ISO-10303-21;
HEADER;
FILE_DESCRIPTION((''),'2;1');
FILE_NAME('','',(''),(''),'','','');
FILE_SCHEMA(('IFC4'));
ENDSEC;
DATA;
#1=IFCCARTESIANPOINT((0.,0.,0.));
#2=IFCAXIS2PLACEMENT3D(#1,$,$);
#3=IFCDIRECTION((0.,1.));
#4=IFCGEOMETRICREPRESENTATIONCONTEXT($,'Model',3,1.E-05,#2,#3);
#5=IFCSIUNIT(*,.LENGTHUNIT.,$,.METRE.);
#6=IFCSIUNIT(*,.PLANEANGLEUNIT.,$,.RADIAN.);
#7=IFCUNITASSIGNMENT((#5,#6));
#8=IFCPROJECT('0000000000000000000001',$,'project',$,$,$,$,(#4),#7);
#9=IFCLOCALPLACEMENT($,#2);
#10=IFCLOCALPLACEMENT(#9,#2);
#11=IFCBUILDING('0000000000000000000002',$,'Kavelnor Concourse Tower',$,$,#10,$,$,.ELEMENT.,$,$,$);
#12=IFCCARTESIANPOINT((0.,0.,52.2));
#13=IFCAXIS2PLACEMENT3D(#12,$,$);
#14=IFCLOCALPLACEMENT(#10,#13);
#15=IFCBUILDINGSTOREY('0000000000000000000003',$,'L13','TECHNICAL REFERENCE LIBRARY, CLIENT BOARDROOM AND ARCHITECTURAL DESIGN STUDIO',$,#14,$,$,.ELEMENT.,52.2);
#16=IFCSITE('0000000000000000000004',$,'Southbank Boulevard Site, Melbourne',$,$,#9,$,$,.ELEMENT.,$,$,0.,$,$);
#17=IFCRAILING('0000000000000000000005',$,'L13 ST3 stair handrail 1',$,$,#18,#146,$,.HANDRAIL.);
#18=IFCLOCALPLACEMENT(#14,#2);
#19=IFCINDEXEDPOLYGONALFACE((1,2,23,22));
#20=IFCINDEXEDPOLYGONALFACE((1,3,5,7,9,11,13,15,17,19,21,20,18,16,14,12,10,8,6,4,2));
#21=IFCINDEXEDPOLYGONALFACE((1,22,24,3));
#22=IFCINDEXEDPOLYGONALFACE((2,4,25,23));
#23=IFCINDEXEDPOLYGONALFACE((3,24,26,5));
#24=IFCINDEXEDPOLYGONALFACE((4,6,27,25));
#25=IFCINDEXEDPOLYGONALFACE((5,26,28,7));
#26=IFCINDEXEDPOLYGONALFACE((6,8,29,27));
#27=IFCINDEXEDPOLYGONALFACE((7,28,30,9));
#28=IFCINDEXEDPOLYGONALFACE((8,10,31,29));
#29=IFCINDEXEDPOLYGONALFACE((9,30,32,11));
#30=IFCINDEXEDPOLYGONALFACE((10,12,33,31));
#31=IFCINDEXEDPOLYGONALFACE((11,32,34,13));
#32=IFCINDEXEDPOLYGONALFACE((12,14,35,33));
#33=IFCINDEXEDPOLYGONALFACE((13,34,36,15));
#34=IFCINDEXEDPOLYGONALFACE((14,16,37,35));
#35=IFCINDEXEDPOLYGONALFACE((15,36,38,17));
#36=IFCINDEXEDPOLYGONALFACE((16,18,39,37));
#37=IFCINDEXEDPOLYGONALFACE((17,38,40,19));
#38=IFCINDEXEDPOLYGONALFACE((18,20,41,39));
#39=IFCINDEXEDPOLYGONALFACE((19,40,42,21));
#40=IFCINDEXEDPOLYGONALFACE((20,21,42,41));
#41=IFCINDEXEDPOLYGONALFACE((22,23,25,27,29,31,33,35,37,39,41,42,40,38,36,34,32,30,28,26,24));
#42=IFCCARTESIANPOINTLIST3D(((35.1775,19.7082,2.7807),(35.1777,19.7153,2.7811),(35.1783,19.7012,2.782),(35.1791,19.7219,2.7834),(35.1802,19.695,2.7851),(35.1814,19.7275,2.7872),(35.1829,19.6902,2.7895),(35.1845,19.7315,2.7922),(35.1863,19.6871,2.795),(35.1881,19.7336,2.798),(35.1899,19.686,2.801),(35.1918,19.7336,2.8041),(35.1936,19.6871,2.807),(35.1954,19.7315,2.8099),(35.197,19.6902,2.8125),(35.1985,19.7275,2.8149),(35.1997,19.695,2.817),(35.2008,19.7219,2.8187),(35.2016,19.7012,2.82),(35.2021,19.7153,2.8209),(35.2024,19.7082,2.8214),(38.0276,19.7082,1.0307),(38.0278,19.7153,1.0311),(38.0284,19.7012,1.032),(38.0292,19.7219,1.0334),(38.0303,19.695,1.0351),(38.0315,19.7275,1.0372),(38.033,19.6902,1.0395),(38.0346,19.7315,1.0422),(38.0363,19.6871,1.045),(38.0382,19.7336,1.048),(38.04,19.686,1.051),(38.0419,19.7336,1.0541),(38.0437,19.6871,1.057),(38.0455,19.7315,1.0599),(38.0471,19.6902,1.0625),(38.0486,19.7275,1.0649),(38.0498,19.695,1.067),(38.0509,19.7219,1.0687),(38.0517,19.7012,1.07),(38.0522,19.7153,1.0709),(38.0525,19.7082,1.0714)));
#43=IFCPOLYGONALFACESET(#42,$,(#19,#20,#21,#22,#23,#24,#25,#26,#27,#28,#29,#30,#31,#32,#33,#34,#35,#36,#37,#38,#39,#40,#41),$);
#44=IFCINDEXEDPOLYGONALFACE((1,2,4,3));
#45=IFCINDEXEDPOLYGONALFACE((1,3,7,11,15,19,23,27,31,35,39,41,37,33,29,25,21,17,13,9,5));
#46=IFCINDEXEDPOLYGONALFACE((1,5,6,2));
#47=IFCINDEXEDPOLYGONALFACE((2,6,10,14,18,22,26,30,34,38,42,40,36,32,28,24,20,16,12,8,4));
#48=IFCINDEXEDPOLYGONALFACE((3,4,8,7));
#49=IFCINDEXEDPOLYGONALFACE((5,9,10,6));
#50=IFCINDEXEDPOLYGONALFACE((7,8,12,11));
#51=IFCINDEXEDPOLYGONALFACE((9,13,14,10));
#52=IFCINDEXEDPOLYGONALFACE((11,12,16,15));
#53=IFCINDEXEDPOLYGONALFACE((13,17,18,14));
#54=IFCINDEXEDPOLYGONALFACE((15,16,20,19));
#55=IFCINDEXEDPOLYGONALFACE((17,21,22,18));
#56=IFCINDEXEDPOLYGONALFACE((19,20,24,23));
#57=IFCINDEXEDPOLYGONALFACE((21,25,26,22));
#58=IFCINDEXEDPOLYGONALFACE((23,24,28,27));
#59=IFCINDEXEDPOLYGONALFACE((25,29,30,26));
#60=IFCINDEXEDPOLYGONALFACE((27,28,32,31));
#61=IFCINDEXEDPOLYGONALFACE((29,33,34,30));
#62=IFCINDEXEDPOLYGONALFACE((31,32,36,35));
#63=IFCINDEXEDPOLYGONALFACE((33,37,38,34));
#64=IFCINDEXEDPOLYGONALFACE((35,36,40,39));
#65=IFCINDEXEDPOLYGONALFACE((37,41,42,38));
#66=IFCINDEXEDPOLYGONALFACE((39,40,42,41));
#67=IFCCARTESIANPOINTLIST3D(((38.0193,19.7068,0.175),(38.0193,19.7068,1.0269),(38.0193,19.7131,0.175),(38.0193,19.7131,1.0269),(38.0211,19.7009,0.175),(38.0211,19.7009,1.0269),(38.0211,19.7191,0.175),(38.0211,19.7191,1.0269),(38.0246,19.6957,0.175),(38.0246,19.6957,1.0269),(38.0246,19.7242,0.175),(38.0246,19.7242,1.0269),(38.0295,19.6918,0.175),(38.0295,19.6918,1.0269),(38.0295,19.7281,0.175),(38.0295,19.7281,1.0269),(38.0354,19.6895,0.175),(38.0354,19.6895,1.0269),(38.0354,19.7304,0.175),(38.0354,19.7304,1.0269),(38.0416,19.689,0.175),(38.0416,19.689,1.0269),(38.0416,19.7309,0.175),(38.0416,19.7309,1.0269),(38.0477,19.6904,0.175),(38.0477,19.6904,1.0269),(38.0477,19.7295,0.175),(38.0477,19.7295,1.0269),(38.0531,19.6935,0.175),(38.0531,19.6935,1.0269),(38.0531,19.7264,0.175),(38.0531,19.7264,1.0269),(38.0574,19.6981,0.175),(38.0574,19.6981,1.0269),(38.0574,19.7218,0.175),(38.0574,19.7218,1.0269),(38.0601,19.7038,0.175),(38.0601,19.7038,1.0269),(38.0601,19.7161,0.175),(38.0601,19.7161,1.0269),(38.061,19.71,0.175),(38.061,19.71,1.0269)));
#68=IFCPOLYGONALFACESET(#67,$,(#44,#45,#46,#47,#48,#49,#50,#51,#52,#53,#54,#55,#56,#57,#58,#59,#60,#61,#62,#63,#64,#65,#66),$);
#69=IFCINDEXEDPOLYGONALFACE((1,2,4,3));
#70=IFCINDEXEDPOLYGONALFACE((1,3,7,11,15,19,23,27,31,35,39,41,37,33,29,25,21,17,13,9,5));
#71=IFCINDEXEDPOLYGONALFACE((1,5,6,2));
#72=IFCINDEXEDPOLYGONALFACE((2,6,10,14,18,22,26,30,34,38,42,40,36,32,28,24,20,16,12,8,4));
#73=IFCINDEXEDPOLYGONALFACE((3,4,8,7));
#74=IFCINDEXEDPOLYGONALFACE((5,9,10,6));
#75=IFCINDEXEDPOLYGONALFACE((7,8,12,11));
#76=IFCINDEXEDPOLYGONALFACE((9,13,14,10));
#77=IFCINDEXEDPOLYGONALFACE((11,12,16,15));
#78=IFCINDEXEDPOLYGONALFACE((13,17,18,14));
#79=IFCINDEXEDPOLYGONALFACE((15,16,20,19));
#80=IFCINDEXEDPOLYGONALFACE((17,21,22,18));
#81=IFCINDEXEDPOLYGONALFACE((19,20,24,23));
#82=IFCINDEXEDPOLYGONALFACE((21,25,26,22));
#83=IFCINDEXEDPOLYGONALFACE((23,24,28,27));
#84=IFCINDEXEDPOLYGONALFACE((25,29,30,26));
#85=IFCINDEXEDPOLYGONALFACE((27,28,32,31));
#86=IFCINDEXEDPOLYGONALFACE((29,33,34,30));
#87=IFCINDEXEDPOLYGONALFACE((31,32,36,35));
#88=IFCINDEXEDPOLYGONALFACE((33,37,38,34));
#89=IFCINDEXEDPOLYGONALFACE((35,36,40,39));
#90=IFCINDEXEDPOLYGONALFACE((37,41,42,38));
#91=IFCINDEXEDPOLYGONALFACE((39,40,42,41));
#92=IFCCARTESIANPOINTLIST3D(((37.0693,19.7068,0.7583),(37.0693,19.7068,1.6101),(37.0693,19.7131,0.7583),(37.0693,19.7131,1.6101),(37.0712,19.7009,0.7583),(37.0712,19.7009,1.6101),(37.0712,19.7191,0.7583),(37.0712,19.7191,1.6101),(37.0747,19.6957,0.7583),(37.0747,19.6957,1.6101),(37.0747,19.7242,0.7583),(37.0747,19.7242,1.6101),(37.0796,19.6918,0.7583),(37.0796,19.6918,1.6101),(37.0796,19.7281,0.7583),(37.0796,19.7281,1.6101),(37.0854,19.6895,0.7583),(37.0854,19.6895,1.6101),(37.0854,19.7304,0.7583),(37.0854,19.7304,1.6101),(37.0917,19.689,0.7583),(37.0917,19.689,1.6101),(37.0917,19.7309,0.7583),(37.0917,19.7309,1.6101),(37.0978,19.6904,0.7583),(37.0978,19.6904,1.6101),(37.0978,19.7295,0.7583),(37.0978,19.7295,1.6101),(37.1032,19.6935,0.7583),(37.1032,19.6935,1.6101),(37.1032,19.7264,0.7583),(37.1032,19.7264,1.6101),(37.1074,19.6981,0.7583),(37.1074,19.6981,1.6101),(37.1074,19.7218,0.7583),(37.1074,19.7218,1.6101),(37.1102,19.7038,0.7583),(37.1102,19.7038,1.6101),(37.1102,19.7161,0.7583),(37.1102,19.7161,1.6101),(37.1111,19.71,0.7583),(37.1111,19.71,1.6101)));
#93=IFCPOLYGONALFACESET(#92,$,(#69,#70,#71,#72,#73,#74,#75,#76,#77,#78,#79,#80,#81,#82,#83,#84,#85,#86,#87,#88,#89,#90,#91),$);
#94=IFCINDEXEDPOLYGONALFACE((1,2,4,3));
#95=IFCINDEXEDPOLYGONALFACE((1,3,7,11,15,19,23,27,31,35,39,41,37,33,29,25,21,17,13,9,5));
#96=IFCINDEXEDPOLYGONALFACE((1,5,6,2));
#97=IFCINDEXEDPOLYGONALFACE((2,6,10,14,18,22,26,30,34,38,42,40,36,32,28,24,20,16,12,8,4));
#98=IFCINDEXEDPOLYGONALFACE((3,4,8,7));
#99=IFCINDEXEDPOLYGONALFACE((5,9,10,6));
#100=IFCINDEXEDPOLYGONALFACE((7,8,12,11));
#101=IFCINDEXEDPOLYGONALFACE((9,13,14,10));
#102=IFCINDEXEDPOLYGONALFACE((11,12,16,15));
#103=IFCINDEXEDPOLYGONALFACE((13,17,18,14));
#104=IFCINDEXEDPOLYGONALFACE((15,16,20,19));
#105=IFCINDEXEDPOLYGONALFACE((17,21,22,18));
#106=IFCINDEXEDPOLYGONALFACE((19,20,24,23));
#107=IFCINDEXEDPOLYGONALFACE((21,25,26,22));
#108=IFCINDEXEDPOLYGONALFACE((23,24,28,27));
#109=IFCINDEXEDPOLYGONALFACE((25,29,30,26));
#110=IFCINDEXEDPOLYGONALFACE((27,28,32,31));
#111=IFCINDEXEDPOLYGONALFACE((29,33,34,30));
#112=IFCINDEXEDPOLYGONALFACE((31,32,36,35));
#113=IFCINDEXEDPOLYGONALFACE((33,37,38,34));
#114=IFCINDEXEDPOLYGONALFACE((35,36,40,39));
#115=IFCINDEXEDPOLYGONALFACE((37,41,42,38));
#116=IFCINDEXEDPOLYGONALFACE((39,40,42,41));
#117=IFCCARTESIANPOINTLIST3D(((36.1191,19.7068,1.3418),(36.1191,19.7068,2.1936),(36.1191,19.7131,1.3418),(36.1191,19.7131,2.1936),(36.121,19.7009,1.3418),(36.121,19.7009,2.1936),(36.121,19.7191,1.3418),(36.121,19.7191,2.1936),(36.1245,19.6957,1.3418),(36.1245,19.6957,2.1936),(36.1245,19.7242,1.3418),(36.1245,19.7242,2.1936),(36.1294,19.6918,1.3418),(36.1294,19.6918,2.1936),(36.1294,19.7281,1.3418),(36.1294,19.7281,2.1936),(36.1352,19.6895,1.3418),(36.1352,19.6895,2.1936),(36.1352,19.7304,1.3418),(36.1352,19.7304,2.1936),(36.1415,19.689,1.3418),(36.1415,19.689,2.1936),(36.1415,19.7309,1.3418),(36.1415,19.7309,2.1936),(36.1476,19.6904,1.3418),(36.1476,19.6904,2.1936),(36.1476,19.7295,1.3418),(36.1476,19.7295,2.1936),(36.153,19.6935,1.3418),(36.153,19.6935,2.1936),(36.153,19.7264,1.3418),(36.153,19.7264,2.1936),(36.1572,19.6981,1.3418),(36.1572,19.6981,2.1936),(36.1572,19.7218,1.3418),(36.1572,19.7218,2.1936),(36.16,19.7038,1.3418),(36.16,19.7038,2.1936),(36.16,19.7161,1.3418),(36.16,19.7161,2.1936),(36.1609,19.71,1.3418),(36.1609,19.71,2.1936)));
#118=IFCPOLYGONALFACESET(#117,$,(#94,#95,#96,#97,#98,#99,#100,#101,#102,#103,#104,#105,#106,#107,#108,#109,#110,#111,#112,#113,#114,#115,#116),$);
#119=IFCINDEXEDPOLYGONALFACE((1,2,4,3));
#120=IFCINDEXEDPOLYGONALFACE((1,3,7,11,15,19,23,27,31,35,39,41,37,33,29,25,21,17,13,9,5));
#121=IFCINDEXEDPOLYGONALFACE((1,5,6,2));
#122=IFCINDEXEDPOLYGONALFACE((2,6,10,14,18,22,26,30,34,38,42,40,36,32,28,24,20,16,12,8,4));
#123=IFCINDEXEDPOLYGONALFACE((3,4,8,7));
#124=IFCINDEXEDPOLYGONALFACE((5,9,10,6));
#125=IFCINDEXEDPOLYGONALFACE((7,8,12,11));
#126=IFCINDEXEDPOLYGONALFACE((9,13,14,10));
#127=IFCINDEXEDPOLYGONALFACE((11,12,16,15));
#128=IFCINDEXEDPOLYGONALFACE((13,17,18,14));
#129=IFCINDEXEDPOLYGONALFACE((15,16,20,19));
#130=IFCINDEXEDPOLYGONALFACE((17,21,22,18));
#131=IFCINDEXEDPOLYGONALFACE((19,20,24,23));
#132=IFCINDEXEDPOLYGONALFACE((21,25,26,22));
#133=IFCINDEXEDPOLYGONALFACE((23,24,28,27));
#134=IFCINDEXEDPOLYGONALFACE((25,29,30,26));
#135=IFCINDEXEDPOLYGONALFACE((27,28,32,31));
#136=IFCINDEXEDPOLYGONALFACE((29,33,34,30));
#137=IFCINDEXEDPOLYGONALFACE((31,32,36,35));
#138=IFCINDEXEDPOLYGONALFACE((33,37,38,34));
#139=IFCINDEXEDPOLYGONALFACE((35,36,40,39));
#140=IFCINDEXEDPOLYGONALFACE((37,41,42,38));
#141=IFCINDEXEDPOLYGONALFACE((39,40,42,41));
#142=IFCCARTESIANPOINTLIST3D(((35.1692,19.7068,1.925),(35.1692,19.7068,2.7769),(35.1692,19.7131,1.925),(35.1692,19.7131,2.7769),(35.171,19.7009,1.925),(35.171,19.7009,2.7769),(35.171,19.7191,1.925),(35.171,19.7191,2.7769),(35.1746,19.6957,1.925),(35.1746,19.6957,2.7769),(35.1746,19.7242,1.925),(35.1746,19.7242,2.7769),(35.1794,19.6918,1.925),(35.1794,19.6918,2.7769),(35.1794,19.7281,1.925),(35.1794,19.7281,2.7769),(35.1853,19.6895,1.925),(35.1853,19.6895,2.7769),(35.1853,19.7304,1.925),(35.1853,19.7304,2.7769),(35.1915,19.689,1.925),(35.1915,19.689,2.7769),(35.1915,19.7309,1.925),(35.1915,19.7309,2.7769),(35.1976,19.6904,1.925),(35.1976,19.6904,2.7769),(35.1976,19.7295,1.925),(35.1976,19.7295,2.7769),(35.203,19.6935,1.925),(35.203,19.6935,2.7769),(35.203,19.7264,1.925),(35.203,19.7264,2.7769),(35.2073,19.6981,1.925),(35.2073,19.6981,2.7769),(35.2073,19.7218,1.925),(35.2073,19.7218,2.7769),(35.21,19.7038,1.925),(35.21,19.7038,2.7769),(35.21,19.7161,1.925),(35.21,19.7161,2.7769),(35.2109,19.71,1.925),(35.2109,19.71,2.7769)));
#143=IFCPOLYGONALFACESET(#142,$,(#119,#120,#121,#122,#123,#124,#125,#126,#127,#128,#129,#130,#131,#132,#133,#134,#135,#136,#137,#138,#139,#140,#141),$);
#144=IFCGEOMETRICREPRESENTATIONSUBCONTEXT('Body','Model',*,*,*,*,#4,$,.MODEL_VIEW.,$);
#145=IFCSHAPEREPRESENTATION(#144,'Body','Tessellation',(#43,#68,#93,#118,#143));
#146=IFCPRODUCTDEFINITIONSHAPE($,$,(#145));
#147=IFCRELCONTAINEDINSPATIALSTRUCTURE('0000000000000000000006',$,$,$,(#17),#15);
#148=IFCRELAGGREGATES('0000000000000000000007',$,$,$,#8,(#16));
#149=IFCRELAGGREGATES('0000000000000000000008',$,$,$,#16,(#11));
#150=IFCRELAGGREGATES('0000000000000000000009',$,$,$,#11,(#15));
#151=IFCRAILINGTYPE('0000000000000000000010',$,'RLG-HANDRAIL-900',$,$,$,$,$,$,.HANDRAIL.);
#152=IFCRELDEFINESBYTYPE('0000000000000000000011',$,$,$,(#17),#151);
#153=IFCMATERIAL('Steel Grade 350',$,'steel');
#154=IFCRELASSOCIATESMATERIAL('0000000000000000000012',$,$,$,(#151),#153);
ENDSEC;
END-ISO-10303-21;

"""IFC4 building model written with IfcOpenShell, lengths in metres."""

from ifc_helpers import new_model, si_unit, direction, frame, origin, origin_2d, place, context, subcontext, project, spatial, circle, extrude, material, type_object, element, save


model = new_model("IFC4")

# Units and contexts
model_context = context("Model", 3, precision=1e-05, world=origin(), true_north=direction((0.0, 1.0)))
body_context = subcontext(model_context, "Body", "Model", "MODEL_VIEW")
ifc_project = project(units=[si_unit("LENGTHUNIT", "METRE"), si_unit("PLANEANGLEUNIT", "RADIAN")], contexts=[model_context])

# Site, building, storey
site_placement = place(None, origin())
site = spatial("IfcSite", under=ifc_project, at=site_placement, Name="Southbank Boulevard Site, Melbourne", CompositionType="ELEMENT", RefElevation=0.0)
building_placement = place(site_placement, origin())
building = spatial("IfcBuilding", under=site, at=building_placement, Name="Kavelnor Concourse Tower", CompositionType="ELEMENT")
storey_placement = place(building_placement, frame((0.0, 0.0, 52.2)))
storey = spatial("IfcBuildingStorey", under=building, at=storey_placement, Name="L13", Description="TECHNICAL REFERENCE LIBRARY, CLIENT BOARDROOM AND ARCHITECTURAL DESIGN STUDIO", CompositionType="ELEMENT", Elevation=52.2)

# Shared definitions
ifc_material_1 = material(Name="Steel Grade 350", Category="steel")

# Railing
railing_type_1 = type_object("IfcRailingType", Name="RLG-HANDRAIL-900", PredefinedType="HANDRAIL", material=ifc_material_1)
railing_1_placement = place(storey_placement, frame((38.04, 19.71, 0.175)))
element("IfcRailing", 1, at=railing_1_placement, inside=storey, type_object=railing_type_1, Name="L13 ST3 stair handrail 1", PredefinedType="HANDRAIL", context=body_context, shape_type="SweptSolid", body=[
    extrude(circle(Radius=0.0239, at=origin_2d()), frame((0.0, 0.0, 0.876), z_axis=(-0.852179, 0.0, 0.52325), x_axis=(0.0, -1.0, 0.0)), (0.0, 0.0, 1.0), 3.3445),
    extrude(circle(Radius=0.021, at=origin_2d()), origin(), (0.0, 0.0, 1.0), 0.8518),
    extrude(circle(Radius=0.021, at=origin_2d()), frame((-0.95, 0.0, 0.5833)), (0.0, 0.0, 1.0), 0.8518),
    extrude(circle(Radius=0.021, at=origin_2d()), frame((-1.9001, 0.0, 1.1667)), (0.0, 0.0, 1.0), 0.8518),
    extrude(circle(Radius=0.021, at=origin_2d()), frame((-2.8501, 0.0, 1.75)), (0.0, 0.0, 1.0), 0.8518),
])

save(model, "model.ifc")
